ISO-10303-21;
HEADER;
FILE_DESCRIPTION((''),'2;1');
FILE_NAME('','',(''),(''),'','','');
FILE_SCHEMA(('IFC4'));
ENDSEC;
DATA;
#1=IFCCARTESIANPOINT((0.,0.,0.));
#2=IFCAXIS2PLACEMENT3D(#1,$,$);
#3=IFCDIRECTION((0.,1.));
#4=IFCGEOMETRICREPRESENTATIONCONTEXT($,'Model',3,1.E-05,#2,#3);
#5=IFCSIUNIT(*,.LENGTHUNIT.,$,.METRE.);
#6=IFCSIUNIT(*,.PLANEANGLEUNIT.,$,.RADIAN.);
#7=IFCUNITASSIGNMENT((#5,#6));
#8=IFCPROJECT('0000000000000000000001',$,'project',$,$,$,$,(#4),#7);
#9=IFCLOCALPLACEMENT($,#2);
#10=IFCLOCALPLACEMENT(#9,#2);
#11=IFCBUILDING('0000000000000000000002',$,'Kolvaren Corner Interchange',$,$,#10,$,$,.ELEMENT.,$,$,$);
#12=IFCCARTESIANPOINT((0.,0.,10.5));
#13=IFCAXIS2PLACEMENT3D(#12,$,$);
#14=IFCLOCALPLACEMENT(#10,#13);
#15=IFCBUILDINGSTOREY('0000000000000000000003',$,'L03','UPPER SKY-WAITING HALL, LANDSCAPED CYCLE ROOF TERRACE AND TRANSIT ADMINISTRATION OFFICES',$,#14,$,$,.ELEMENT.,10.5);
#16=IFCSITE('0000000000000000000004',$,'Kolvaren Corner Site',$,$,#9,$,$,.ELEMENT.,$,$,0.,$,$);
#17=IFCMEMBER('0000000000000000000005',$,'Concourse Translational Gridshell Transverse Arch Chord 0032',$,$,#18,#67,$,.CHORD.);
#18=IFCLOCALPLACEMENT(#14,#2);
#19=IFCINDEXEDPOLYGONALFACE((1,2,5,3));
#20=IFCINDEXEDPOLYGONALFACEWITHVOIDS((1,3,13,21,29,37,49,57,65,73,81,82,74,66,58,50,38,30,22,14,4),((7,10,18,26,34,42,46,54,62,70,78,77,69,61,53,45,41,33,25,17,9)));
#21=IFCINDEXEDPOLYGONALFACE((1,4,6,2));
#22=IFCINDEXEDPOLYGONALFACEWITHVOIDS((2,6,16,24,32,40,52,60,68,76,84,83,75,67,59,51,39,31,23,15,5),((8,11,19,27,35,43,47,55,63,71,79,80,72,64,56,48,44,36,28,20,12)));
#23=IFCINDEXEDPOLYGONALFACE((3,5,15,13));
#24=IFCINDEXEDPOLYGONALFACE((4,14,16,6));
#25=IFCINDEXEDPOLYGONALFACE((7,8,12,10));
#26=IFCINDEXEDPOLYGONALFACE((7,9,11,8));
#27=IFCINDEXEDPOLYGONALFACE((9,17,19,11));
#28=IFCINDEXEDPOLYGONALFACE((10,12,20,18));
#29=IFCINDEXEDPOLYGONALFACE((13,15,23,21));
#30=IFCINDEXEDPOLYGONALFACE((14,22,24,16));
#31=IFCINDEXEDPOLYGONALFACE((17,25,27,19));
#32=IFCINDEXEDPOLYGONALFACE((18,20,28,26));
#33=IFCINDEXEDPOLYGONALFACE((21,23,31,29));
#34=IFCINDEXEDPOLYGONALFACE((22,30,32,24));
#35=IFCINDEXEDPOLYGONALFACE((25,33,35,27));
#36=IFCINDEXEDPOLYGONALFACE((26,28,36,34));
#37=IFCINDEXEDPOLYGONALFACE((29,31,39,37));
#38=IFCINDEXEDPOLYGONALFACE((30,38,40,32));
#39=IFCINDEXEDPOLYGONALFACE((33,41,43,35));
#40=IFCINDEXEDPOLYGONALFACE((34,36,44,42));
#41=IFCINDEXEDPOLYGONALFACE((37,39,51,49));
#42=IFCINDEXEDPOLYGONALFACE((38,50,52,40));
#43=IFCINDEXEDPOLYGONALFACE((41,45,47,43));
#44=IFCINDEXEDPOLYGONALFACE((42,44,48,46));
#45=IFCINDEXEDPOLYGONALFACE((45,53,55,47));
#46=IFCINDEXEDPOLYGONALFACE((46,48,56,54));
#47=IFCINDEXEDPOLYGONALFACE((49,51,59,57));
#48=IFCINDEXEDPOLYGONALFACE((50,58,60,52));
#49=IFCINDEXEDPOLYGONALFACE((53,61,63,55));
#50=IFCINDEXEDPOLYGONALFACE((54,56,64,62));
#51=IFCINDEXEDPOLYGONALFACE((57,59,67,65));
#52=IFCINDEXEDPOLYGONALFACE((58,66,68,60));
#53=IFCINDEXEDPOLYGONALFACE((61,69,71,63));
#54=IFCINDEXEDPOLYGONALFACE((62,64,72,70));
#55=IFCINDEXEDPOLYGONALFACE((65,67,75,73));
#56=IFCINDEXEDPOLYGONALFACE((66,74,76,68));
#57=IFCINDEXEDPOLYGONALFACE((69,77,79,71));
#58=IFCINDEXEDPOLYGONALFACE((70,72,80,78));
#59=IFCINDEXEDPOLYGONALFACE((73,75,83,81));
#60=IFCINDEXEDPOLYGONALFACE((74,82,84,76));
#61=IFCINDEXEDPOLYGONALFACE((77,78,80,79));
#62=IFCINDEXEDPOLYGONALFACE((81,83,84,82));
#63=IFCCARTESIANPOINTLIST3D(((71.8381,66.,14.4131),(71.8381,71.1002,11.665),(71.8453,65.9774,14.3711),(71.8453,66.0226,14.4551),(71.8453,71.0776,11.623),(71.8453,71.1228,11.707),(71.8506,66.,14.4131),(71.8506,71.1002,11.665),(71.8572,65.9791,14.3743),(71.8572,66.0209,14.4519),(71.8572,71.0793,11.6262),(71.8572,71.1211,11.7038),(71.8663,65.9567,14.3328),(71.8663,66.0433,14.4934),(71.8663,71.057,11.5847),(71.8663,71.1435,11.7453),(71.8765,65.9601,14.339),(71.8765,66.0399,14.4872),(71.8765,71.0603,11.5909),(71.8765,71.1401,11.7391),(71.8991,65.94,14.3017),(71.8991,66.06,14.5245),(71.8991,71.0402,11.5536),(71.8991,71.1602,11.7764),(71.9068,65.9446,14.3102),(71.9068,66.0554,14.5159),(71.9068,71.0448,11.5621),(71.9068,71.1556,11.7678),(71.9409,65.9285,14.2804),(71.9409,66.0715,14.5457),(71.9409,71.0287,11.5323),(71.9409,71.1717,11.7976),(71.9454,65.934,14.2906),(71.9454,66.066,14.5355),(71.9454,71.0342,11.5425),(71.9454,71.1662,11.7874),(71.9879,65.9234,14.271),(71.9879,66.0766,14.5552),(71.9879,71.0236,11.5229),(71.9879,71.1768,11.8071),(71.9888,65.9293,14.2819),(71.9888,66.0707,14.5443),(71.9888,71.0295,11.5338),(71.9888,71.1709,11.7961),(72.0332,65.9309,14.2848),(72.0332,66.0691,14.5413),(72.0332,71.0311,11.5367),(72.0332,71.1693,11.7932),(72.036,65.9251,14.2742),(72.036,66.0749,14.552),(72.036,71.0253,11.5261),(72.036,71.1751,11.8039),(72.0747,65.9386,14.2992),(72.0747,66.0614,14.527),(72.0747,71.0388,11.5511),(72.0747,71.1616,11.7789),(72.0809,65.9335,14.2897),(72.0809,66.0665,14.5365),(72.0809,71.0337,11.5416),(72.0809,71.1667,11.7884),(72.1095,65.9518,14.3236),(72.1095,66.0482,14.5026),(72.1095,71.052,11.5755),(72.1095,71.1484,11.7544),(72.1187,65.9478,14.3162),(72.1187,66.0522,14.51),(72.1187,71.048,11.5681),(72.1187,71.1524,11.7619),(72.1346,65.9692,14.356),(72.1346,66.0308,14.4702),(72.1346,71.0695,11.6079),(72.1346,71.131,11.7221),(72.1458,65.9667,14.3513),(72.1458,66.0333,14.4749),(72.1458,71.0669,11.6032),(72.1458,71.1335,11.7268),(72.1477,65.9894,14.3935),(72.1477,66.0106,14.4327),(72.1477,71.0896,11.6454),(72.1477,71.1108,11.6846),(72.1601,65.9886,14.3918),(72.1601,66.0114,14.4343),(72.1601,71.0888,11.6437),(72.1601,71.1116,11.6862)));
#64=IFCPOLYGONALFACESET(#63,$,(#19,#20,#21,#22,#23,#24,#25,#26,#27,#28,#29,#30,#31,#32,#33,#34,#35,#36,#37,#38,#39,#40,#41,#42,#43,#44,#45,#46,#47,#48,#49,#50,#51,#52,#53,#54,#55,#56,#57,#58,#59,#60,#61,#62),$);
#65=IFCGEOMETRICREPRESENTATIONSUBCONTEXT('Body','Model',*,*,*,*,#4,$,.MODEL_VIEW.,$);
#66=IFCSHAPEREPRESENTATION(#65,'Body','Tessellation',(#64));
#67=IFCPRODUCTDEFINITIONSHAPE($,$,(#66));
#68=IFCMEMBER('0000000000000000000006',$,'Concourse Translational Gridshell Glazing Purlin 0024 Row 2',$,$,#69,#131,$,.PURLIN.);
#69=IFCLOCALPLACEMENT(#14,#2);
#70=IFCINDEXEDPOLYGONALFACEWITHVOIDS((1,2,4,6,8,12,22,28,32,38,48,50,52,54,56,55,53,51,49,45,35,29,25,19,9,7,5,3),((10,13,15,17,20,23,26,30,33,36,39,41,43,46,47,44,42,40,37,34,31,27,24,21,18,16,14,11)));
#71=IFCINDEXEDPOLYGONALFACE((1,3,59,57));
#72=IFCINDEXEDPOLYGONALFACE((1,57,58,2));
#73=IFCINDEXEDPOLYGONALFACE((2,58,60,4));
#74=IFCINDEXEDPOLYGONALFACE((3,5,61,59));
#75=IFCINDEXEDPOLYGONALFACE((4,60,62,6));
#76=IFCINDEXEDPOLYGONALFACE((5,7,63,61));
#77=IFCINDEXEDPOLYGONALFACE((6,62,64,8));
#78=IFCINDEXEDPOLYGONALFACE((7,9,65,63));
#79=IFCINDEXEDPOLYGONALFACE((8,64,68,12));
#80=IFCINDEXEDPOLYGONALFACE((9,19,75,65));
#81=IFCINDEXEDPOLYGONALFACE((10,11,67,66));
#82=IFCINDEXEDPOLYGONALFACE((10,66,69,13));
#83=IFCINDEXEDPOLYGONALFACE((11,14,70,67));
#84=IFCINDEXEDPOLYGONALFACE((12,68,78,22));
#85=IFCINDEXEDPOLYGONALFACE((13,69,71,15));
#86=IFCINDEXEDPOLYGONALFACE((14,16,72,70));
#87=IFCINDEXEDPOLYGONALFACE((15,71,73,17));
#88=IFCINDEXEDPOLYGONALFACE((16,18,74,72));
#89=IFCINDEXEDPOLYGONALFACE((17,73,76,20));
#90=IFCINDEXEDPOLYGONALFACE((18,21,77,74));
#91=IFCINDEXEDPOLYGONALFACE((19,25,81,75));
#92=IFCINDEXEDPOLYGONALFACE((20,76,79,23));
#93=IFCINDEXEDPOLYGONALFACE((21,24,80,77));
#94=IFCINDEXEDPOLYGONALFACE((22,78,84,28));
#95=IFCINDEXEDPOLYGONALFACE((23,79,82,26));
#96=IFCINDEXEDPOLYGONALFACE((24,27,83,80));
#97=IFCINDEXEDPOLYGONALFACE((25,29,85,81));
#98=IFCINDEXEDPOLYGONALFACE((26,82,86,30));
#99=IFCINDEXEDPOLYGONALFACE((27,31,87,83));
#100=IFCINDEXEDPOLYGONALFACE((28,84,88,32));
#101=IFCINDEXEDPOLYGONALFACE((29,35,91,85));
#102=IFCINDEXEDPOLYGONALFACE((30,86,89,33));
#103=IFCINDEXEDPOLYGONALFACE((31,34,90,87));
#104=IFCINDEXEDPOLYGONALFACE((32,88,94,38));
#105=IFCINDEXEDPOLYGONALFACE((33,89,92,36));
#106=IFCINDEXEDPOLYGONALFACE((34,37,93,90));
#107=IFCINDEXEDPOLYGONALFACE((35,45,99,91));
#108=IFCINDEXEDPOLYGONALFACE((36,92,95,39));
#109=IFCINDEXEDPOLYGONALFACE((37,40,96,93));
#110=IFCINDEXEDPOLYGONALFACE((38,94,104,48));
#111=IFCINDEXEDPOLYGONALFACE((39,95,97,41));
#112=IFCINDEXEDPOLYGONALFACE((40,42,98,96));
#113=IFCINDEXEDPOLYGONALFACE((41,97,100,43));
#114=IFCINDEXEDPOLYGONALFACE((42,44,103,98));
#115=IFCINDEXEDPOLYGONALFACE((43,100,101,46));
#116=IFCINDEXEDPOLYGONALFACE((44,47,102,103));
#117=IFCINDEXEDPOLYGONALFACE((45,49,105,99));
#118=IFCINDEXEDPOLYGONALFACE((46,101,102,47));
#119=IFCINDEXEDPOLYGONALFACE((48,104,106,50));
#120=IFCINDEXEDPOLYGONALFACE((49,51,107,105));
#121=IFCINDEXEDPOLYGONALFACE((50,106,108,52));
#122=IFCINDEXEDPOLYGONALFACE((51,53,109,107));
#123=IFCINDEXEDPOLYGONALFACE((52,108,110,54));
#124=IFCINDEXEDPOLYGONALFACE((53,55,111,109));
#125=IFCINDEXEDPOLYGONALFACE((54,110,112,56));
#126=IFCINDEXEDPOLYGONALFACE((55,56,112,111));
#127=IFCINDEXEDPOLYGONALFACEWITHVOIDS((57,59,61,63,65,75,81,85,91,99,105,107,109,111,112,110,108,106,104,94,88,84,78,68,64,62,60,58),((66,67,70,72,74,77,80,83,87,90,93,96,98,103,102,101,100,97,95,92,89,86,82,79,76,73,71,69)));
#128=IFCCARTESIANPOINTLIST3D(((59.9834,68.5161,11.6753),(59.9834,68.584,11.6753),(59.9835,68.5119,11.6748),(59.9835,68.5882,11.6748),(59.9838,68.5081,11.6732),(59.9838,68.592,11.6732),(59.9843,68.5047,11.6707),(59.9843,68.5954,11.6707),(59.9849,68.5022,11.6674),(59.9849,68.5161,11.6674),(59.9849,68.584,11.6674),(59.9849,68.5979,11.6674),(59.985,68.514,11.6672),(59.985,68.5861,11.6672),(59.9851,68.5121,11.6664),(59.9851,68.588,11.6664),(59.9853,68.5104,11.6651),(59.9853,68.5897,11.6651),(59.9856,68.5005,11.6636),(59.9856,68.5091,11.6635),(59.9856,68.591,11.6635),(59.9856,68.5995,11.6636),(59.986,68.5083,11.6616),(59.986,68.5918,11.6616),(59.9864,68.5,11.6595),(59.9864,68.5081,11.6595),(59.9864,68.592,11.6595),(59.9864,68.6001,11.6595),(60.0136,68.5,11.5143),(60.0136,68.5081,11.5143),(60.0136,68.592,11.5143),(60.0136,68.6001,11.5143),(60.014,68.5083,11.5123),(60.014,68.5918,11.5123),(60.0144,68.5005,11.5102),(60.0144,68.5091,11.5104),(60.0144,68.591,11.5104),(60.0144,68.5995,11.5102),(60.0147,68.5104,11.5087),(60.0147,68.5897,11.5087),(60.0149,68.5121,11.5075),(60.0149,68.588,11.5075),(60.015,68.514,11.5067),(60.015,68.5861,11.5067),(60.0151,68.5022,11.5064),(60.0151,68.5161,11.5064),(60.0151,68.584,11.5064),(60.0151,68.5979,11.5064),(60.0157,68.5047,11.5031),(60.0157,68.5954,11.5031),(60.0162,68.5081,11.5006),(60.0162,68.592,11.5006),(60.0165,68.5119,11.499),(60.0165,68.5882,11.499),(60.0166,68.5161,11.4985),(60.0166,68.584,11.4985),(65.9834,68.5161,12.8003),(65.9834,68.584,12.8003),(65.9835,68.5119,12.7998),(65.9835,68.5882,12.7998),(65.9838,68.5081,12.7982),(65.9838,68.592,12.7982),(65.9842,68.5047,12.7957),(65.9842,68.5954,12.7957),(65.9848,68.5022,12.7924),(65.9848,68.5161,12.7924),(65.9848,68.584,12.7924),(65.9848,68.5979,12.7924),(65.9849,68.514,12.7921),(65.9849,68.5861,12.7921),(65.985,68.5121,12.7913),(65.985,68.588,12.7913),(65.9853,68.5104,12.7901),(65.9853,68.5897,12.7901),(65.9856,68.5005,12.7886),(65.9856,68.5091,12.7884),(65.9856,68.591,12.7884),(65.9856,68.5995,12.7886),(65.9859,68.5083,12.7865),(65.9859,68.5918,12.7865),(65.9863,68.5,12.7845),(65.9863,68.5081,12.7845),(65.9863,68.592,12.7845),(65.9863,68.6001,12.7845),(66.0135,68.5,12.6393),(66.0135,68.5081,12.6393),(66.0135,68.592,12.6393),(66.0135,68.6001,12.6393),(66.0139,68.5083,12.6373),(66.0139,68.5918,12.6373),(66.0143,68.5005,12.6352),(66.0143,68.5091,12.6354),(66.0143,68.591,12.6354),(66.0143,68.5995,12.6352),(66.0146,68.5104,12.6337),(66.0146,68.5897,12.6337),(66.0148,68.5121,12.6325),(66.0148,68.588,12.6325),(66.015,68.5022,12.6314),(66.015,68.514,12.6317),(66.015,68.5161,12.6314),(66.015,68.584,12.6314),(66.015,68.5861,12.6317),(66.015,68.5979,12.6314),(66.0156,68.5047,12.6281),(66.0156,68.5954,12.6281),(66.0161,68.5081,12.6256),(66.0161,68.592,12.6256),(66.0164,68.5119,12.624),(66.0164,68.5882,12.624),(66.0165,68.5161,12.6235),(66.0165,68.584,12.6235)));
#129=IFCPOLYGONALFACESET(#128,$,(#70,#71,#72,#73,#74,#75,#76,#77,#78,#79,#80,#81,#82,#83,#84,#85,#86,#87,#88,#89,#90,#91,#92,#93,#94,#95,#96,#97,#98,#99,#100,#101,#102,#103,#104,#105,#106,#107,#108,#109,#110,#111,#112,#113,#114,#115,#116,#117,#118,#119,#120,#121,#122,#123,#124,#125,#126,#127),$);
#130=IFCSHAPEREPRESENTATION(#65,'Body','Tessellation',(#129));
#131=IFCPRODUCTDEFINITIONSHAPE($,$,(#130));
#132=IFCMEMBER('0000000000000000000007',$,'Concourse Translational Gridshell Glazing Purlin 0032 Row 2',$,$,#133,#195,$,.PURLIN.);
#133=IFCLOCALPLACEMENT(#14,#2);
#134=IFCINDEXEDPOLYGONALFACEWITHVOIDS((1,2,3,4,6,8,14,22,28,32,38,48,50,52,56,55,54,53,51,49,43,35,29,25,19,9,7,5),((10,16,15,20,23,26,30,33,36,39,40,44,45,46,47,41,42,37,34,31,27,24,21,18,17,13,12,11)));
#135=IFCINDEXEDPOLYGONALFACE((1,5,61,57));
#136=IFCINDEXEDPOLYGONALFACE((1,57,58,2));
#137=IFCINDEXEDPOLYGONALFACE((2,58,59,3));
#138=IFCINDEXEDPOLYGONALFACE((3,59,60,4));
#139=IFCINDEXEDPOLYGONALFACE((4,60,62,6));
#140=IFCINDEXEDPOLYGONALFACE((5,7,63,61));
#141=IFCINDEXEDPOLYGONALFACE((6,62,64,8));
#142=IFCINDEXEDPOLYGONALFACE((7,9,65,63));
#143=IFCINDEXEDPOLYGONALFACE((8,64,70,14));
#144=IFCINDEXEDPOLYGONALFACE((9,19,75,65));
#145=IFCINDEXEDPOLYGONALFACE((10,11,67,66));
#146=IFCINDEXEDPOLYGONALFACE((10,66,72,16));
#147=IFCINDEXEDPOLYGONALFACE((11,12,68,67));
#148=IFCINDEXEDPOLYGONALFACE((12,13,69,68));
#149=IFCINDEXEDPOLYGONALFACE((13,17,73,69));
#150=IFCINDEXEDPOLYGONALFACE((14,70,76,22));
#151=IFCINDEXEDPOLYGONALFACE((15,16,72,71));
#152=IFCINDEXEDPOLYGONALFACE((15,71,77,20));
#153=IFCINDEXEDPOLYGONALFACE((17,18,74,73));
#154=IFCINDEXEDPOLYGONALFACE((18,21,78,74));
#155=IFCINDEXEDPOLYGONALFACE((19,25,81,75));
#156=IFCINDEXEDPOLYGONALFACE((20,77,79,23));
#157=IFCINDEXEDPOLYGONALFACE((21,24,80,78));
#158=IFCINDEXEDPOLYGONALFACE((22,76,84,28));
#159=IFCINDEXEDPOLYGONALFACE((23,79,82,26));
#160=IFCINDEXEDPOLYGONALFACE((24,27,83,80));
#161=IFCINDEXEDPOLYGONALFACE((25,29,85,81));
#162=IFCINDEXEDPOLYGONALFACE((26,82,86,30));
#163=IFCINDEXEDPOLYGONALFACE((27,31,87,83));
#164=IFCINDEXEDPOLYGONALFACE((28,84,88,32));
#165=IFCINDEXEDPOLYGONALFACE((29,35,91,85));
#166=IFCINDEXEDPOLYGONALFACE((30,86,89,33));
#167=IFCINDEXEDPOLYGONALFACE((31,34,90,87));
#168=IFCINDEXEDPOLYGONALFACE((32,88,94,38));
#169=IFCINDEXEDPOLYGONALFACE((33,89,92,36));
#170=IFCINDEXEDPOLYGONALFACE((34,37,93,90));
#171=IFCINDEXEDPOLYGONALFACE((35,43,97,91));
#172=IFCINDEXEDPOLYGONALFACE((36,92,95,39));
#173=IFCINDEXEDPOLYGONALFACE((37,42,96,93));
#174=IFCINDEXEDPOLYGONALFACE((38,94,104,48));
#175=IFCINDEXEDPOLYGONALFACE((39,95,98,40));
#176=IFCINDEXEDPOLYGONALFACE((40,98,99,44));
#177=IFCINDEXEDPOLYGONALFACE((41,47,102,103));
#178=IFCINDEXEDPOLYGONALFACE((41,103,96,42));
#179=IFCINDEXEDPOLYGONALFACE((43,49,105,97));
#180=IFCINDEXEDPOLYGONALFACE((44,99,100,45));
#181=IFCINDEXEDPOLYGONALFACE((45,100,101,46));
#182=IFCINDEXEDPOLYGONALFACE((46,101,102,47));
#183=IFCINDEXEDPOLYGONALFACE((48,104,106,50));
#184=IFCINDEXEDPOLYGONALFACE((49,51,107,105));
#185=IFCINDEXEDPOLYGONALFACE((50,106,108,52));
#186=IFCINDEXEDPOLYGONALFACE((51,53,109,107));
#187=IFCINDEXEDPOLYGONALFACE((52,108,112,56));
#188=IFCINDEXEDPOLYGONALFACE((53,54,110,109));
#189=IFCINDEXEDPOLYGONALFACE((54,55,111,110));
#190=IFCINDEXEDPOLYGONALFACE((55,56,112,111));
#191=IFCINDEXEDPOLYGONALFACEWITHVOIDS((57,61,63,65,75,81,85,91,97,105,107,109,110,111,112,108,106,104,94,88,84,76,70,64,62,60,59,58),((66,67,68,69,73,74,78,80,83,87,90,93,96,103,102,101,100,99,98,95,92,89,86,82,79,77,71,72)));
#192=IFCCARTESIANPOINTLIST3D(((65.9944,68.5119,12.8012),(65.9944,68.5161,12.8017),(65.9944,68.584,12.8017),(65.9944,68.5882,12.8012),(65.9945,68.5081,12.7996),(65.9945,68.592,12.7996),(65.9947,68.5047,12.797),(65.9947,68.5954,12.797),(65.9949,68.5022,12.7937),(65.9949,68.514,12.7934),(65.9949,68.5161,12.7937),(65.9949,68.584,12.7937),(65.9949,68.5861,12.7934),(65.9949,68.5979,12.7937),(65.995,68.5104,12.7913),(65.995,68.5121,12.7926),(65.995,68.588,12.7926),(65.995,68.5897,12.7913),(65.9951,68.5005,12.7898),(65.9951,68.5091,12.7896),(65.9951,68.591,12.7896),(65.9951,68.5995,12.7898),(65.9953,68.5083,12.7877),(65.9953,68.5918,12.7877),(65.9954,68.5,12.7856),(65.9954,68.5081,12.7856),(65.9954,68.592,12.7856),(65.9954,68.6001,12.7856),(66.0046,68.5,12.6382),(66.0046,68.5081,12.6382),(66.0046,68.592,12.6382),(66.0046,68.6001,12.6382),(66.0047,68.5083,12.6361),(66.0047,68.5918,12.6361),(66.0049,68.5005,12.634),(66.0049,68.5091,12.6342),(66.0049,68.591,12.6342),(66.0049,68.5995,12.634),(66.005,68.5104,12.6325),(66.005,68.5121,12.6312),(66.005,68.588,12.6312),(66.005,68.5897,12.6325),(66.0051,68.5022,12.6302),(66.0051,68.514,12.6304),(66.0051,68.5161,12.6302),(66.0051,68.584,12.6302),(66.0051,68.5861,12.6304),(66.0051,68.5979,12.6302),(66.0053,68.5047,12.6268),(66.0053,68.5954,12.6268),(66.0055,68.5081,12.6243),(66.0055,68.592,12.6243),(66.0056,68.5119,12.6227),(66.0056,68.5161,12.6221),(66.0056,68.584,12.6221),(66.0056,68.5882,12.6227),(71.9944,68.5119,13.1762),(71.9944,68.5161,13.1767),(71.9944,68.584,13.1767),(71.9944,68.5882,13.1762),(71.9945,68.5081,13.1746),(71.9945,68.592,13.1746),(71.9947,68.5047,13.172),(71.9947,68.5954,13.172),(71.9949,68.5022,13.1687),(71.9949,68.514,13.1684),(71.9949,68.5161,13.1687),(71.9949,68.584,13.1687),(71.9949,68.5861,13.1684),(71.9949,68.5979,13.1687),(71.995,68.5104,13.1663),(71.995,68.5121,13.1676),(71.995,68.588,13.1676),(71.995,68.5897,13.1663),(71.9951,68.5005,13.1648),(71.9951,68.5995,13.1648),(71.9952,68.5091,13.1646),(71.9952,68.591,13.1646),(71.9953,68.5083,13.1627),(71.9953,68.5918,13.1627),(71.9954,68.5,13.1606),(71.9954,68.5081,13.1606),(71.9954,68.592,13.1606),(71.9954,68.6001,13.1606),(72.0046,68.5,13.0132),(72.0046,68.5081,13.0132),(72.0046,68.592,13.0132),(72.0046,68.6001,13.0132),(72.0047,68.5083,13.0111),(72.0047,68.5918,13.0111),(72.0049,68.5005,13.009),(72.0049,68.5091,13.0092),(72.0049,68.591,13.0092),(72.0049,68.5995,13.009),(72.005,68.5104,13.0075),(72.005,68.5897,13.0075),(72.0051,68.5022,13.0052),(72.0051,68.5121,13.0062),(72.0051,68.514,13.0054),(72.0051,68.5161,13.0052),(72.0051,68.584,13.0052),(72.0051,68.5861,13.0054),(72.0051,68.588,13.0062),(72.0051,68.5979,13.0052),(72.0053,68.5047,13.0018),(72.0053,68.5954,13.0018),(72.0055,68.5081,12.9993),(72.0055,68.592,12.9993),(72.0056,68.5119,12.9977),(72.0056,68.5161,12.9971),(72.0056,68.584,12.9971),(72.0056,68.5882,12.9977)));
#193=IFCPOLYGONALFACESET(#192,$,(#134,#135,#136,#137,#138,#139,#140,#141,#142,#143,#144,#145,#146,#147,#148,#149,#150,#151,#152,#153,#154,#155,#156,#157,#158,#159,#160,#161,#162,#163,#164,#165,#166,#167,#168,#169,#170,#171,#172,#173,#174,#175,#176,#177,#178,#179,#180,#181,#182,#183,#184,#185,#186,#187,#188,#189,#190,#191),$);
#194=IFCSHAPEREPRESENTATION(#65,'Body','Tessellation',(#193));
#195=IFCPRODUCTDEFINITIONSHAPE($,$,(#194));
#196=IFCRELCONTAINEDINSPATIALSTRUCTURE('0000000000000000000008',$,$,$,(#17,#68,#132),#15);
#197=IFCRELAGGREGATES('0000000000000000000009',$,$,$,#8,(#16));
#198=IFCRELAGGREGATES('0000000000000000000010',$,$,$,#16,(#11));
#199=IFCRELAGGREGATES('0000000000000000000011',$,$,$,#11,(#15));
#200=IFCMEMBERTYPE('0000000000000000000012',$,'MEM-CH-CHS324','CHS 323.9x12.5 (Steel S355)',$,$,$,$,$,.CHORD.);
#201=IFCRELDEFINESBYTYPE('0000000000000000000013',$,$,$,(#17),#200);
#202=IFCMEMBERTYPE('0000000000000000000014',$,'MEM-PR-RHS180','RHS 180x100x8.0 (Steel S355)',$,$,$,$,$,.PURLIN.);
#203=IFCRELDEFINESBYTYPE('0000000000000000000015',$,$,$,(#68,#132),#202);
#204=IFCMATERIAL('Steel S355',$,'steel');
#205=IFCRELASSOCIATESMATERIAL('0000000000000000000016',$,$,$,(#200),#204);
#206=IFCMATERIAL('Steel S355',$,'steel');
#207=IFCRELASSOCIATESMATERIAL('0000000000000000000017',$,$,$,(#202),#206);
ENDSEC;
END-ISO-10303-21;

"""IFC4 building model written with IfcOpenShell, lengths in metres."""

from ifc_helpers import new_model, si_unit, direction, frame, origin, origin_2d, place, context, subcontext, project, spatial, hollow_rectangle, hollow_circle, extrude, material, material_profile, profile_set, type_object, element, save


model = new_model("IFC4")

# Units and contexts
model_context = context("Model", 3, precision=1e-05, world=origin(), true_north=direction((0.0, 1.0)))
body_context = subcontext(model_context, "Body", "Model", "MODEL_VIEW")
ifc_project = project(units=[si_unit("LENGTHUNIT", "METRE"), si_unit("PLANEANGLEUNIT", "RADIAN")], contexts=[model_context])

# Site, building, storey
site_placement = place(None, origin())
site = spatial("IfcSite", under=ifc_project, at=site_placement, Name="Kolvaren Corner Site", CompositionType="ELEMENT", RefElevation=0.0)
building_placement = place(site_placement, origin())
building = spatial("IfcBuilding", under=site, at=building_placement, Name="Kolvaren Corner Interchange", CompositionType="ELEMENT")
storey_placement = place(building_placement, frame((0.0, 0.0, 10.5)))
storey = spatial("IfcBuildingStorey", under=building, at=storey_placement, Name="L03", Description="UPPER SKY-WAITING HALL, LANDSCAPED CYCLE ROOF TERRACE AND TRANSIT ADMINISTRATION OFFICES", CompositionType="ELEMENT", Elevation=10.5)

# Members
ifc_material_1 = material(Name="Steel S355", Category="steel")
ifc_material_profile_1 = material_profile(ifc_material_1, hollow_circle(Radius=0.1619, WallThickness=0.0125, at=origin_2d()), Name="CHS 323.9x12.5")
ifc_profile_set_1 = profile_set([ifc_material_profile_1], Name="Steel S355")
member_type_1 = type_object("IfcMemberType", Name="MEM-CH-CHS324", Description="CHS 323.9x12.5 (Steel S355)", PredefinedType="CHORD", material=ifc_profile_set_1)
member_1_placement = place(storey_placement, frame((72.0, 66.0, 14.4131), z_axis=(0.0, 0.880338, -0.474346), x_axis=(-1.0, 0.0, 0.0)))
element("IfcMember", 1, at=member_1_placement, inside=storey, type_object=member_type_1, Name="Concourse Translational Gridshell Transverse Arch Chord 0032", PredefinedType="CHORD", context=body_context, shape_type="SweptSolid", body=[
    extrude(hollow_circle(Radius=0.1619, WallThickness=0.0125, at=origin_2d()), origin(), (0.0, 0.0, 1.0), 5.7935),
])
ifc_material_2 = material(Name="Steel S355", Category="steel")
ifc_material_profile_2 = material_profile(ifc_material_2, hollow_rectangle(XDim=0.1001, YDim=0.1799, WallThickness=0.0081, InnerFilletRadius=0.0081, OuterFilletRadius=0.0161, at=origin_2d()), Name="RHS 180x100x8.0")
ifc_profile_set_2 = profile_set([ifc_material_profile_2], Name="Steel S355")
member_type_2 = type_object("IfcMemberType", Name="MEM-PR-RHS180", Description="RHS 180x100x8.0 (Steel S355)", PredefinedType="PURLIN", material=ifc_profile_set_2)
member_2_placement = place(storey_placement, frame((60.0, 68.55, 11.5869), z_axis=(0.982872, 0.0, 0.184289), x_axis=(0.0, 1.0, 0.0)))
element("IfcMember", 2, at=member_2_placement, inside=storey, type_object=member_type_2, Name="Concourse Translational Gridshell Glazing Purlin 0024 Row 2", PredefinedType="PURLIN", context=body_context, shape_type="SweptSolid", body=[
    extrude(hollow_rectangle(XDim=0.1001, YDim=0.1799, WallThickness=0.0081, InnerFilletRadius=0.0081, OuterFilletRadius=0.0161, at=origin_2d()), origin(), (0.0, 0.0, 1.0), 6.1045),
])
member_3_placement = place(storey_placement, frame((66.0, 68.55, 12.7119), z_axis=(0.998053, 0.0, 0.062378), x_axis=(0.0, 1.0, 0.0)))
element("IfcMember", 3, at=member_3_placement, inside=storey, type_object=member_type_2, Name="Concourse Translational Gridshell Glazing Purlin 0032 Row 2", PredefinedType="PURLIN", context=body_context, shape_type="SweptSolid", body=[
    extrude(hollow_rectangle(XDim=0.1001, YDim=0.1799, WallThickness=0.0081, InnerFilletRadius=0.0081, OuterFilletRadius=0.0161, at=origin_2d()), origin(), (0.0, 0.0, 1.0), 6.0117),
])

save(model, "model.ifc")
